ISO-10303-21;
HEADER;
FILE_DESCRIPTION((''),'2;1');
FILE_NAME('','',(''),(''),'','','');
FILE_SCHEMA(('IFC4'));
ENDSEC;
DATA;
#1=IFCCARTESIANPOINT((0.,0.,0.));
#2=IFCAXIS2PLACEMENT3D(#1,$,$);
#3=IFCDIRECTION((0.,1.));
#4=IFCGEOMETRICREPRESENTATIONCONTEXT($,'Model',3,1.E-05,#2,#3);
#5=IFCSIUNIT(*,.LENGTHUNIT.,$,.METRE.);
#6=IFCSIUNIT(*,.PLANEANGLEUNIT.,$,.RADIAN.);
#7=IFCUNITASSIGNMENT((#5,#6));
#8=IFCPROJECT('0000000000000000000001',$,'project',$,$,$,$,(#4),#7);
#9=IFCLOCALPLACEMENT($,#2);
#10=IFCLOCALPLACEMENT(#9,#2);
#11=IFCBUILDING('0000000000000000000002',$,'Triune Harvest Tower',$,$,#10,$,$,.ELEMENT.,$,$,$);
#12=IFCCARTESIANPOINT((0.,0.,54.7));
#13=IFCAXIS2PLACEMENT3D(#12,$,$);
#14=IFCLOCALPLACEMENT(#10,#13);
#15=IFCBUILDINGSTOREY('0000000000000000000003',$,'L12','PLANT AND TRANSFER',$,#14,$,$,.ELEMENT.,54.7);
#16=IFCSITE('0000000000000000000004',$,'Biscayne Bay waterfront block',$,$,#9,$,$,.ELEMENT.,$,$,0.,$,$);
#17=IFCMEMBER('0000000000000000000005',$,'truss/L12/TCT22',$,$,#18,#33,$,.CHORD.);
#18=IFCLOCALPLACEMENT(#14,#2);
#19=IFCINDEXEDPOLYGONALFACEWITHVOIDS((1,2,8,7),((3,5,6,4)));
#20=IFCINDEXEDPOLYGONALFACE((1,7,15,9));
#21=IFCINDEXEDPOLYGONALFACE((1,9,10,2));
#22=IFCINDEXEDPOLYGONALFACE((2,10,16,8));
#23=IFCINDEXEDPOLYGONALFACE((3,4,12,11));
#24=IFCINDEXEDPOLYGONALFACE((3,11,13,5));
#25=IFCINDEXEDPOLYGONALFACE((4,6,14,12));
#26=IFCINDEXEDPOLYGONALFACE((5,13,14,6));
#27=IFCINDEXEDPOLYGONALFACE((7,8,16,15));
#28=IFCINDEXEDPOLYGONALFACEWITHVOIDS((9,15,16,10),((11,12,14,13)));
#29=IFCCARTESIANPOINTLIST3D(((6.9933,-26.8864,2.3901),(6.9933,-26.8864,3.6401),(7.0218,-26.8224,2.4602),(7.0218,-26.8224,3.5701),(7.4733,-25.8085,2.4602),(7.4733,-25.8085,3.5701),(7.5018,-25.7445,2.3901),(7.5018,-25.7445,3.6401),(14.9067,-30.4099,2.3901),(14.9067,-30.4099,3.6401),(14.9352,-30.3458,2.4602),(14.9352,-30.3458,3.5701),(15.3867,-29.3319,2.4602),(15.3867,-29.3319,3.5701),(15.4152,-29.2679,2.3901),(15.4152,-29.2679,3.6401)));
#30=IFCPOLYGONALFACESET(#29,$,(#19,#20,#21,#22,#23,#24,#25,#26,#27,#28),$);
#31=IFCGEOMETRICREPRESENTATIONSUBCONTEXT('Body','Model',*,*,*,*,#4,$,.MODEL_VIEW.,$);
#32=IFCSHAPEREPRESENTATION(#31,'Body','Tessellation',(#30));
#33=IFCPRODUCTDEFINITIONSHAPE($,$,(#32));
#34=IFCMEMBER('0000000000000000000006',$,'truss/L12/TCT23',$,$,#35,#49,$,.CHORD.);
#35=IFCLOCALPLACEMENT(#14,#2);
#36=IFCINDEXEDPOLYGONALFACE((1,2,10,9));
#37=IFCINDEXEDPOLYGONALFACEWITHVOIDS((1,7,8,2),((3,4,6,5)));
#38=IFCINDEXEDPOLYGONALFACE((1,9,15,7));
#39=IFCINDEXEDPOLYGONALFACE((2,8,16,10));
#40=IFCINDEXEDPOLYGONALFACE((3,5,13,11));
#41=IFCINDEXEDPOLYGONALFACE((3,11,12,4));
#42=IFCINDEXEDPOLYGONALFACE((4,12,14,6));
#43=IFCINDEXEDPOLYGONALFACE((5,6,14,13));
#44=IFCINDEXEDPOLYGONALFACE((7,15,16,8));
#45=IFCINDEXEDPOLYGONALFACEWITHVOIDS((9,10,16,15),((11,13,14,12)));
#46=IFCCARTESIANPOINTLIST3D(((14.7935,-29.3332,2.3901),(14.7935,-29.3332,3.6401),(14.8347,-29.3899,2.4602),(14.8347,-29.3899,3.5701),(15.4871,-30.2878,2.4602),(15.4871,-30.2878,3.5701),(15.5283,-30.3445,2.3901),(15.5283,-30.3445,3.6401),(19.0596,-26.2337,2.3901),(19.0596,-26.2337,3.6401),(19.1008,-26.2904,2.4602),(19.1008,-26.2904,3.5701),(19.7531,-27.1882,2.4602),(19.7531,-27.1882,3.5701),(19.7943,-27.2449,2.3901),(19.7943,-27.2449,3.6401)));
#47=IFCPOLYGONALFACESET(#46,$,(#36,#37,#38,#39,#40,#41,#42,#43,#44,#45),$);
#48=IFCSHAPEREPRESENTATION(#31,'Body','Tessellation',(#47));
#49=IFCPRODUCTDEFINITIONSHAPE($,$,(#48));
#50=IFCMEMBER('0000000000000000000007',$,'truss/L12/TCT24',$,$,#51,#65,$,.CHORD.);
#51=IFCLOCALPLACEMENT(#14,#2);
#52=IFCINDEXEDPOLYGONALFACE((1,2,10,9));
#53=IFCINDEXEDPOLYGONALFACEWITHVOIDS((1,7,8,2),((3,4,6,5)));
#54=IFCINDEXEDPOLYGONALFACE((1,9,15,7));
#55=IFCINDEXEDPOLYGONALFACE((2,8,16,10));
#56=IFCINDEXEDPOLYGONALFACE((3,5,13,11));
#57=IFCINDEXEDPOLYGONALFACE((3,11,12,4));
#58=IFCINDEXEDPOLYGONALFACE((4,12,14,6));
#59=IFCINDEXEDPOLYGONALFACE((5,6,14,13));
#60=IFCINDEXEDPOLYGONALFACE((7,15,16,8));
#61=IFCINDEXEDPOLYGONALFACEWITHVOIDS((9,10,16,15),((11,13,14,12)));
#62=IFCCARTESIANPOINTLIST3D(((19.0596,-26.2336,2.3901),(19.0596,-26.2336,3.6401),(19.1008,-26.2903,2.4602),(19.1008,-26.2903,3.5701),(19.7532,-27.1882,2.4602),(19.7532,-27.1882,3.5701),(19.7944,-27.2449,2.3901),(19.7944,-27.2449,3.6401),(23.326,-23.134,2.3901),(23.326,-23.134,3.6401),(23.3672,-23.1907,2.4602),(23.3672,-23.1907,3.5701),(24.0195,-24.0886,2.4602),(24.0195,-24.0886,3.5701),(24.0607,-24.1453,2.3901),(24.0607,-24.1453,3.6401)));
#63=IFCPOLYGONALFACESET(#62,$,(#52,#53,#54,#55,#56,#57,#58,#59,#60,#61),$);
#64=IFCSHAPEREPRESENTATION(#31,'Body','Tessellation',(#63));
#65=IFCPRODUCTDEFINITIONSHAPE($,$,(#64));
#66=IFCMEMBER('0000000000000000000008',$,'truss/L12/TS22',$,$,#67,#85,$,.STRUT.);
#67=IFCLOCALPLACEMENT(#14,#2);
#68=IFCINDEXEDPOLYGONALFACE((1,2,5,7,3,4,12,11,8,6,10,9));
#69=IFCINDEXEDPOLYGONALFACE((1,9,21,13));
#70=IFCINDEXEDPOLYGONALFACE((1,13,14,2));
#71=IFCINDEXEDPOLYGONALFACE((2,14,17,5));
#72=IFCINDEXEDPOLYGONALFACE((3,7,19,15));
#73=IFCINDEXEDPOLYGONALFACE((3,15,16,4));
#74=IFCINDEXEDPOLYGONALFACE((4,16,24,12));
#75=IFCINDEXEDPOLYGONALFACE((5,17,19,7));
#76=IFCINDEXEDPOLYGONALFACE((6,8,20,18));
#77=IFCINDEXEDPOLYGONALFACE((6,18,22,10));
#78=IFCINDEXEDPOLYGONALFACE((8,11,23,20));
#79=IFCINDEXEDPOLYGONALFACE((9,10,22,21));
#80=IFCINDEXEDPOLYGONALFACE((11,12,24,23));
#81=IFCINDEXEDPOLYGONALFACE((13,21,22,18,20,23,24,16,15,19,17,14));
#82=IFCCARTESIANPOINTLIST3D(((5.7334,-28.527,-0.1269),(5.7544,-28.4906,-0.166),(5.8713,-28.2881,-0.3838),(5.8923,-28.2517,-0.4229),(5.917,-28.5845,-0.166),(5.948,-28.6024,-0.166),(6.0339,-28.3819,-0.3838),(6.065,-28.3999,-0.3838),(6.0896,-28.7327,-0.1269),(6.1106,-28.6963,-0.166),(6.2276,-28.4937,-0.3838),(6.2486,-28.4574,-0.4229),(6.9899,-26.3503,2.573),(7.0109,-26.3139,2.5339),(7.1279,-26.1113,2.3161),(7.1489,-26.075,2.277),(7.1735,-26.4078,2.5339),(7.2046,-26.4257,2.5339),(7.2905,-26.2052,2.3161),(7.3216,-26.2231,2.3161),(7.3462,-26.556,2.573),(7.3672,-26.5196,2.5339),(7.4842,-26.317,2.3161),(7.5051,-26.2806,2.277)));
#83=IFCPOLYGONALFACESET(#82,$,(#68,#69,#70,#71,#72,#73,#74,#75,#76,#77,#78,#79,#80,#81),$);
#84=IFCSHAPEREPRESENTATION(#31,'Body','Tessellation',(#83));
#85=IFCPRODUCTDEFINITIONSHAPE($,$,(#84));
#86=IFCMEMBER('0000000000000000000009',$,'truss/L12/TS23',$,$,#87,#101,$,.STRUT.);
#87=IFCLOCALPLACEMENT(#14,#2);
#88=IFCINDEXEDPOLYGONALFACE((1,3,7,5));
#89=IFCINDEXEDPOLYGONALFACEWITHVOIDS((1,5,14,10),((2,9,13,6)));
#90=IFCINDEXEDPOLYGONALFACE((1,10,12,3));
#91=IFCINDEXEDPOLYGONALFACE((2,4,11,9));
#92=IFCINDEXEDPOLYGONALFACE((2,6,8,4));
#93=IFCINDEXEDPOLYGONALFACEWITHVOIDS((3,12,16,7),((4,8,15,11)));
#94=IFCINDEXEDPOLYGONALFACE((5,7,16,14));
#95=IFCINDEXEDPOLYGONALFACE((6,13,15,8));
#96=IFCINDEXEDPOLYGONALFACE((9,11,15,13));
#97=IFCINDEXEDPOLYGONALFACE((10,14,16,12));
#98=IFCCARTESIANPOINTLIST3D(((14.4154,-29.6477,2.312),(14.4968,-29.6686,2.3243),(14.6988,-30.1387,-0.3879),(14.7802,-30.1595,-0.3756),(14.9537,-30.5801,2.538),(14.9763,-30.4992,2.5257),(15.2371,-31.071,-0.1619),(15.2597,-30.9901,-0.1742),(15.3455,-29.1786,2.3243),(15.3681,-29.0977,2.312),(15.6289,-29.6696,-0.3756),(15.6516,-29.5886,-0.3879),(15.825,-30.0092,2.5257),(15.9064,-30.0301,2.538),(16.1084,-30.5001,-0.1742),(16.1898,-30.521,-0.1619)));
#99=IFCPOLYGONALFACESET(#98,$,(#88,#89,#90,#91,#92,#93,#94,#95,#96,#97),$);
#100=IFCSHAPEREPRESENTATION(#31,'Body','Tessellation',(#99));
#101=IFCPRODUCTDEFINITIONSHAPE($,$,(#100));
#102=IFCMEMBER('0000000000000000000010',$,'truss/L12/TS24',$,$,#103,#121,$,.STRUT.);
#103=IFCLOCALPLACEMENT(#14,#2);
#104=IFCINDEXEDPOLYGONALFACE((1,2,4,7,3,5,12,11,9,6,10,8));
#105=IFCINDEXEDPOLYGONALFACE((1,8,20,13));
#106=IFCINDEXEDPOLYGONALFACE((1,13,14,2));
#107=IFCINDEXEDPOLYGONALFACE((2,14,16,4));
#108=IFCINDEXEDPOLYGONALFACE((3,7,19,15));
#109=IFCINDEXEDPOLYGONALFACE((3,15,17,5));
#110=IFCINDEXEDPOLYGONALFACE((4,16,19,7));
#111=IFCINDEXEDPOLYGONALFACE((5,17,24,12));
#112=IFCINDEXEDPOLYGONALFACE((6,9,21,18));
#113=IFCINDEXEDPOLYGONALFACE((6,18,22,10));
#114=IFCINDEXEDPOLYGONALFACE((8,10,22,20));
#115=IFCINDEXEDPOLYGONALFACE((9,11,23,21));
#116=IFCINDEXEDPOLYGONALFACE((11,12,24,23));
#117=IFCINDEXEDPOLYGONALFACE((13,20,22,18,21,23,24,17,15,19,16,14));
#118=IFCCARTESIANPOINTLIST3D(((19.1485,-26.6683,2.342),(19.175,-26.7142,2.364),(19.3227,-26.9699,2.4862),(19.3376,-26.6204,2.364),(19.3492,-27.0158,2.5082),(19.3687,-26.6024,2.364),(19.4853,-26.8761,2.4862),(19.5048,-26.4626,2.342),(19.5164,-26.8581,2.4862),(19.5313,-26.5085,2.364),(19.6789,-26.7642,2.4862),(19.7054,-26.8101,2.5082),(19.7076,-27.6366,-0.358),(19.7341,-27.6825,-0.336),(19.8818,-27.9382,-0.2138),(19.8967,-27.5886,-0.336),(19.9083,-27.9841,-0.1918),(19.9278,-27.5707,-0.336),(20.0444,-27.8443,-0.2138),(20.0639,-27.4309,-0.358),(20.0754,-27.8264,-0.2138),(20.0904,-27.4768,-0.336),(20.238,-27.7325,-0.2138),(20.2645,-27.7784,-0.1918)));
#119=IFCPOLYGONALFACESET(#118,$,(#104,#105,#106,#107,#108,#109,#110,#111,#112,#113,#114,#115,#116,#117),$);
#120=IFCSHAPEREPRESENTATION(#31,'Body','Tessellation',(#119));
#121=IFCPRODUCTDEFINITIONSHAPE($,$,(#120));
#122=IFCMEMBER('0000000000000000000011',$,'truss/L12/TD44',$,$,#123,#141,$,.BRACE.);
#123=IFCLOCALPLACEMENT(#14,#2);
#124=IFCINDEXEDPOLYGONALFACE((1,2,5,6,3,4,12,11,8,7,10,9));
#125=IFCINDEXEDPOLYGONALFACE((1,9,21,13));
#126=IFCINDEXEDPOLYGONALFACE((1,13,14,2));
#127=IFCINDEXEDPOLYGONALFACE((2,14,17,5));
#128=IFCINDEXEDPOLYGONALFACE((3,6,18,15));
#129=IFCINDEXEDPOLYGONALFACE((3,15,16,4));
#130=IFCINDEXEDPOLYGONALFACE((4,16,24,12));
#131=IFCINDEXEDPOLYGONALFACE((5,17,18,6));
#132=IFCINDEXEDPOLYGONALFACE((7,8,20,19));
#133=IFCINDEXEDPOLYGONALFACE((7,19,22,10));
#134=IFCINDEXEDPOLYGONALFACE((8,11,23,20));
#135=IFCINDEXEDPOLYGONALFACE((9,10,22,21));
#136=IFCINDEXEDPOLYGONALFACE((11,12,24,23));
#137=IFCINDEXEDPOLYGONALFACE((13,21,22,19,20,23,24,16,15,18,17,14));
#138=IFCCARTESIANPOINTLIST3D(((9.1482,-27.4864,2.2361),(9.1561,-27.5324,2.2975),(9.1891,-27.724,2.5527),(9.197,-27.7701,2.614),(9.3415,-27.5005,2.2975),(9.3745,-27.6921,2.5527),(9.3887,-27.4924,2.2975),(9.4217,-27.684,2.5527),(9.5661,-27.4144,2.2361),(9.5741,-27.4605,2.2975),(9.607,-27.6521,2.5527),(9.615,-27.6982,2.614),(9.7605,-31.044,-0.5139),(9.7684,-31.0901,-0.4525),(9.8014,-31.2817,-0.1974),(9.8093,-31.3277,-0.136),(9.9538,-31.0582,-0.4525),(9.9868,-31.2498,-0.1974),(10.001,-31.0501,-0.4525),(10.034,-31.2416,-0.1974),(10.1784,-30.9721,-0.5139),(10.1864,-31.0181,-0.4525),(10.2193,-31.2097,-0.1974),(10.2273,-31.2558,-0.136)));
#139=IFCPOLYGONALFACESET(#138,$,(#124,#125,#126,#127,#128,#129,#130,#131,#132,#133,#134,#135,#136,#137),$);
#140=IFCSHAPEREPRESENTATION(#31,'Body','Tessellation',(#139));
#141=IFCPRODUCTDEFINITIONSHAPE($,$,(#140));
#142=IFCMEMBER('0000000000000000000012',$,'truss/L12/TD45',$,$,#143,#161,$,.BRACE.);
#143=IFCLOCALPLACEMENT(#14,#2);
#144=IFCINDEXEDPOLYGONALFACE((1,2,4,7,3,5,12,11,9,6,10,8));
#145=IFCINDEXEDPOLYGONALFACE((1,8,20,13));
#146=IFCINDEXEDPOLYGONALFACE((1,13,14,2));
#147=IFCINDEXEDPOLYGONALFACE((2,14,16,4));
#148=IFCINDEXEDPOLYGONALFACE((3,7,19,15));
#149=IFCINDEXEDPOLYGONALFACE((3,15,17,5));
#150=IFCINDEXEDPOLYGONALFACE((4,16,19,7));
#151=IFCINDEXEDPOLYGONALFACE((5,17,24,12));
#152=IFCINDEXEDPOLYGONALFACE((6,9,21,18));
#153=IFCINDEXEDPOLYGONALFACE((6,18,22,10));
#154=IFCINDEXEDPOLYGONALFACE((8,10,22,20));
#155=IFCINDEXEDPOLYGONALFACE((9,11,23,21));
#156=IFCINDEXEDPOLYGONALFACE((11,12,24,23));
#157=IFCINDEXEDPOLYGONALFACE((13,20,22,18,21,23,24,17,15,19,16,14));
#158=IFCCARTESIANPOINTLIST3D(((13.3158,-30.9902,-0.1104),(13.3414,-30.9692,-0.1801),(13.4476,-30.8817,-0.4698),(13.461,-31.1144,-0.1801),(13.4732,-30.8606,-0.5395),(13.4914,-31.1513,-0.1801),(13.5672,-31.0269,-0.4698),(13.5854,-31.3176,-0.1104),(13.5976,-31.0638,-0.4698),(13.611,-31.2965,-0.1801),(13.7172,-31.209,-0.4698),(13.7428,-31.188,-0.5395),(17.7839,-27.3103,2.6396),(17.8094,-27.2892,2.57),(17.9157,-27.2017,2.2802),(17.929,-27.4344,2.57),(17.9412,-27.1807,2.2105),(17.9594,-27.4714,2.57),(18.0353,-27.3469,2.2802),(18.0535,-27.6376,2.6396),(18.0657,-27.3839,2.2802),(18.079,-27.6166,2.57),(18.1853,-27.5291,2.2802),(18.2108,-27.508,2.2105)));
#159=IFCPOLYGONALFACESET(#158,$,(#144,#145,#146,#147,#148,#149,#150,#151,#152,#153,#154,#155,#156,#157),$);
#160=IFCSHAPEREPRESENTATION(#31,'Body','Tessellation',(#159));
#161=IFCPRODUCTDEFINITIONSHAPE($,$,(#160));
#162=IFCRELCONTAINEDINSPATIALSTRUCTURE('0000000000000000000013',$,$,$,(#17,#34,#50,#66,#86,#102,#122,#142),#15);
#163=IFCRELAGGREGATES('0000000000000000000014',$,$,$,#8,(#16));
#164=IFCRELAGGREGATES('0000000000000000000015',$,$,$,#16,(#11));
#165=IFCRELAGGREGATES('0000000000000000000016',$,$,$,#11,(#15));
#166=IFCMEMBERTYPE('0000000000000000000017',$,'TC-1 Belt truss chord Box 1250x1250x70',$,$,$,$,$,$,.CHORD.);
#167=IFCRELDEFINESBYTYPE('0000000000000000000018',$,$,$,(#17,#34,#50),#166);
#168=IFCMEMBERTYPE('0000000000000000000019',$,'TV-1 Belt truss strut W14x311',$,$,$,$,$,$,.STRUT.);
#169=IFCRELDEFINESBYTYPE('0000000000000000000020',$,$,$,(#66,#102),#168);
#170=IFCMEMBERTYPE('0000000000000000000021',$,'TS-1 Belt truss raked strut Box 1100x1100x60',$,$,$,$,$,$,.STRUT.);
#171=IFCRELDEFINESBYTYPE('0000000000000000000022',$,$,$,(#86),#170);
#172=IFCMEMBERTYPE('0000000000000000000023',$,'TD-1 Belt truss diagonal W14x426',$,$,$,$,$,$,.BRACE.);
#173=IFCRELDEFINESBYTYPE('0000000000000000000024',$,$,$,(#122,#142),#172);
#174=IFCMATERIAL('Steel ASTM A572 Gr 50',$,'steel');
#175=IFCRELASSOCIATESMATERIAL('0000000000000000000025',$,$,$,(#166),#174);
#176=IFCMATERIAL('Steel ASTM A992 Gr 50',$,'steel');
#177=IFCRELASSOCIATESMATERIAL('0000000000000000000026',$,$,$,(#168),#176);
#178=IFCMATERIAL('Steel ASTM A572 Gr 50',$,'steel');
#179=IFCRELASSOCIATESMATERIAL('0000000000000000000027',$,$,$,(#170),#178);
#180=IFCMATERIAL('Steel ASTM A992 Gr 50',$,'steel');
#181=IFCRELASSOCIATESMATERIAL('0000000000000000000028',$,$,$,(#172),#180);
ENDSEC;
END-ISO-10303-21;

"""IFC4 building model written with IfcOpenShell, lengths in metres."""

from ifc_helpers import new_model, si_unit, direction, frame, origin, origin_2d, place, context, subcontext, project, spatial, hollow_rectangle, i_section, extrude, source, transform, mapped, material, material_profile, profile_set, type_object, element, save


model = new_model("IFC4")

# Units and contexts
model_context = context("Model", 3, precision=1e-05, world=origin(), true_north=direction((0.0, 1.0)))
body_context = subcontext(model_context, "Body", "Model", "MODEL_VIEW")
ifc_project = project(units=[si_unit("LENGTHUNIT", "METRE"), si_unit("PLANEANGLEUNIT", "RADIAN")], contexts=[model_context])

# Site, building, storey
site_placement = place(None, origin())
site = spatial("IfcSite", under=ifc_project, at=site_placement, Name="Biscayne Bay waterfront block", CompositionType="ELEMENT", RefElevation=0.0)
building_placement = place(site_placement, origin())
building = spatial("IfcBuilding", under=site, at=building_placement, Name="Triune Harvest Tower", CompositionType="ELEMENT")
storey_placement = place(building_placement, frame((0.0, 0.0, 54.7)))
storey = spatial("IfcBuildingStorey", under=building, at=storey_placement, Name="L12", Description="PLANT AND TRANSFER", CompositionType="ELEMENT", Elevation=54.7)

# Members
ifc_material_1 = material(Name="Steel ASTM A572 Gr 50", Category="steel")
ifc_material_profile_1 = material_profile(ifc_material_1, hollow_rectangle(XDim=1.25, YDim=1.25, WallThickness=0.0701, at=origin_2d()), Name="Box 1250x1250x70")
ifc_profile_set_1 = profile_set([ifc_material_profile_1], Name="Steel ASTM A572 Gr 50")
member_type_1 = type_object("IfcMemberType", Name="TC-1 Belt truss chord Box 1250x1250x70", PredefinedType="CHORD", material=ifc_profile_set_1)
shared_shape_1 = source(origin(), body_context, "Body", "SweptSolid", [
    extrude(hollow_rectangle(XDim=1.25, YDim=1.25, WallThickness=0.0701, at=origin_2d()), origin(), (0.0, 0.0, 1.0), 8.6624),
])
member_1_placement = place(storey_placement, frame((7.2476, -26.3154, 3.0151), z_axis=(0.913537, -0.406756, 0.0), x_axis=(0.406756, 0.913537, 0.0)))
element("IfcMember", 1, at=member_1_placement, inside=storey, type_object=member_type_1, Name="truss/L12/TCT22", PredefinedType="CHORD", context=body_context, shape_type="MappedRepresentation", body=[
    mapped(shared_shape_1, transform((0.0, 0.0, 0.0), scale=1.0)),
])
shared_shape_2 = source(origin(), body_context, "Body", "SweptSolid", [
    extrude(hollow_rectangle(XDim=1.25, YDim=1.25, WallThickness=0.0701, at=origin_2d()), origin(), (0.0, 0.0, 1.0), 5.2732),
])
member_2_placement = place(storey_placement, frame((15.1609, -29.8389, 3.0151), z_axis=(0.809008, 0.587797, 0.0), x_axis=(-0.587797, 0.809008, 0.0)))
element("IfcMember", 2, at=member_2_placement, inside=storey, type_object=member_type_1, Name="truss/L12/TCT23", PredefinedType="CHORD", context=body_context, shape_type="MappedRepresentation", body=[
    mapped(shared_shape_2, transform((0.0, 0.0, 0.0), scale=1.0)),
])
shared_shape_3 = source(origin(), body_context, "Body", "SweptSolid", [
    extrude(hollow_rectangle(XDim=1.25, YDim=1.25, WallThickness=0.0701, at=origin_2d()), origin(), (0.0, 0.0, 1.0), 5.2734),
])
member_3_placement = place(storey_placement, frame((19.427, -26.7393, 3.0151), z_axis=(0.809024, 0.587775, 0.0), x_axis=(-0.587775, 0.809024, 0.0)))
element("IfcMember", 3, at=member_3_placement, inside=storey, type_object=member_type_1, Name="truss/L12/TCT24", PredefinedType="CHORD", context=body_context, shape_type="MappedRepresentation", body=[
    mapped(shared_shape_3, transform((0.0, 0.0, 0.0), scale=1.0)),
])
ifc_material_2 = material(Name="Steel ASTM A992 Gr 50", Category="steel")
ifc_material_profile_2 = material_profile(ifc_material_2, i_section(OverallWidth=0.4114, OverallDepth=0.4343, WebThickness=0.0359, FlangeThickness=0.0574, at=origin_2d()), Name="W14x311")
ifc_profile_set_2 = profile_set([ifc_material_profile_2], Name="Steel ASTM A992 Gr 50")
member_type_2 = type_object("IfcMemberType", Name="TV-1 Belt truss strut W14x311", PredefinedType="STRUT", material=ifc_profile_set_2)
shared_shape_4 = source(origin(), body_context, "Body", "SweptSolid", [
    extrude(i_section(OverallWidth=0.4114, OverallDepth=0.4343, WebThickness=0.0359, FlangeThickness=0.0574, at=origin_2d()), origin(), (0.0, 0.0, 1.0), 3.6887),
])
member_4_placement = place(storey_placement, frame((5.991, -28.4922, -0.2749), z_axis=(0.340653, 0.590104, 0.731938), x_axis=(-0.866053, 0.499952, 0.0)))
element("IfcMember", 4, at=member_4_placement, inside=storey, type_object=member_type_2, Name="truss/L12/TS22", PredefinedType="STRUT", context=body_context, shape_type="MappedRepresentation", body=[
    mapped(shared_shape_4, transform((0.0, 0.0, 0.0), scale=1.0)),
])
ifc_material_3 = material(Name="Steel ASTM A572 Gr 50", Category="steel")
ifc_material_profile_3 = material_profile(ifc_material_3, hollow_rectangle(XDim=1.1001, YDim=1.1001, WallThickness=0.0601, at=origin_2d()), Name="Box 1100x1100x60")
ifc_profile_set_3 = profile_set([ifc_material_profile_3], Name="Steel ASTM A572 Gr 50")
member_type_3 = type_object("IfcMemberType", Name="TS-1 Belt truss raked strut Box 1100x1100x60", PredefinedType="STRUT", material=ifc_profile_set_3)
shared_shape_5 = source(origin(), body_context, "Body", "SweptSolid", [
    extrude(hollow_rectangle(XDim=1.1001, YDim=1.1001, WallThickness=0.0601, at=origin_2d()), origin(), (0.0, 0.0, 1.0), 2.7588),
])
member_5_placement = place(storey_placement, frame((15.4443, -30.3298, -0.2749), z_axis=(-0.102742, 0.177962, 0.978659), x_axis=(-0.866035, -0.499983, 0.0)))
element("IfcMember", 5, at=member_5_placement, inside=storey, type_object=member_type_3, Name="truss/L12/TS23", PredefinedType="STRUT", context=body_context, shape_type="MappedRepresentation", body=[
    mapped(shared_shape_5, transform((0.0, 0.0, 0.0), scale=1.0)),
])
shared_shape_6 = source(origin(), body_context, "Body", "SweptSolid", [
    extrude(i_section(OverallWidth=0.4114, OverallDepth=0.4343, WebThickness=0.0359, FlangeThickness=0.0574, at=origin_2d()), origin(), (0.0, 0.0, 1.0), 2.9224),
])
member_6_placement = place(storey_placement, frame((19.9861, -27.7075, -0.2749), z_axis=(-0.191316, 0.331335, 0.923913), x_axis=(-0.866004, -0.500037, 0.0)))
element("IfcMember", 6, at=member_6_placement, inside=storey, type_object=member_type_2, Name="truss/L12/TS24", PredefinedType="STRUT", context=body_context, shape_type="MappedRepresentation", body=[
    mapped(shared_shape_6, transform((0.0, 0.0, 0.0), scale=1.0)),
])
ifc_material_4 = material(Name="Steel ASTM A992 Gr 50", Category="steel")
ifc_material_profile_4 = material_profile(ifc_material_4, i_section(OverallWidth=0.4241, OverallDepth=0.4751, WebThickness=0.0479, FlangeThickness=0.0771, at=origin_2d()), Name="W14x426")
ifc_profile_set_4 = profile_set([ifc_material_profile_4], Name="Steel ASTM A992 Gr 50")
member_type_4 = type_object("IfcMemberType", Name="TD-1 Belt truss diagonal W14x426", PredefinedType="BRACE", material=ifc_profile_set_4)
shared_shape_7 = source(origin(), body_context, "Body", "SweptSolid", [
    extrude(i_section(OverallWidth=0.4241, OverallDepth=0.4751, WebThickness=0.0479, FlangeThickness=0.0771, at=origin_2d()), origin(), (0.0, 0.0, 1.0), 4.5381),
])
member_7_placement = place(storey_placement, frame((9.9939, -31.1499, -0.325), z_axis=(-0.134926, 0.78395, 0.605985), x_axis=(-0.98551, -0.169617, 0.0)))
element("IfcMember", 7, at=member_7_placement, inside=storey, type_object=member_type_4, Name="truss/L12/TD44", PredefinedType="BRACE", context=body_context, shape_type="MappedRepresentation", body=[
    mapped(shared_shape_7, transform((0.0, 0.0, 0.0), scale=1.0)),
])
shared_shape_8 = source(origin(), body_context, "Body", "SweptSolid", [
    extrude(i_section(OverallWidth=0.4241, OverallDepth=0.4751, WebThickness=0.0479, FlangeThickness=0.0771, at=origin_2d()), origin(), (0.0, 0.0, 1.0), 6.4084),
])
member_8_placement = place(storey_placement, frame((13.5293, -31.0891, -0.325), z_axis=(0.697213, 0.574236, 0.429124), x_axis=(-0.635747, 0.771897, 0.0)))
element("IfcMember", 8, at=member_8_placement, inside=storey, type_object=member_type_4, Name="truss/L12/TD45", PredefinedType="BRACE", context=body_context, shape_type="MappedRepresentation", body=[
    mapped(shared_shape_8, transform((0.0, 0.0, 0.0), scale=1.0)),
])

save(model, "model.ifc")
